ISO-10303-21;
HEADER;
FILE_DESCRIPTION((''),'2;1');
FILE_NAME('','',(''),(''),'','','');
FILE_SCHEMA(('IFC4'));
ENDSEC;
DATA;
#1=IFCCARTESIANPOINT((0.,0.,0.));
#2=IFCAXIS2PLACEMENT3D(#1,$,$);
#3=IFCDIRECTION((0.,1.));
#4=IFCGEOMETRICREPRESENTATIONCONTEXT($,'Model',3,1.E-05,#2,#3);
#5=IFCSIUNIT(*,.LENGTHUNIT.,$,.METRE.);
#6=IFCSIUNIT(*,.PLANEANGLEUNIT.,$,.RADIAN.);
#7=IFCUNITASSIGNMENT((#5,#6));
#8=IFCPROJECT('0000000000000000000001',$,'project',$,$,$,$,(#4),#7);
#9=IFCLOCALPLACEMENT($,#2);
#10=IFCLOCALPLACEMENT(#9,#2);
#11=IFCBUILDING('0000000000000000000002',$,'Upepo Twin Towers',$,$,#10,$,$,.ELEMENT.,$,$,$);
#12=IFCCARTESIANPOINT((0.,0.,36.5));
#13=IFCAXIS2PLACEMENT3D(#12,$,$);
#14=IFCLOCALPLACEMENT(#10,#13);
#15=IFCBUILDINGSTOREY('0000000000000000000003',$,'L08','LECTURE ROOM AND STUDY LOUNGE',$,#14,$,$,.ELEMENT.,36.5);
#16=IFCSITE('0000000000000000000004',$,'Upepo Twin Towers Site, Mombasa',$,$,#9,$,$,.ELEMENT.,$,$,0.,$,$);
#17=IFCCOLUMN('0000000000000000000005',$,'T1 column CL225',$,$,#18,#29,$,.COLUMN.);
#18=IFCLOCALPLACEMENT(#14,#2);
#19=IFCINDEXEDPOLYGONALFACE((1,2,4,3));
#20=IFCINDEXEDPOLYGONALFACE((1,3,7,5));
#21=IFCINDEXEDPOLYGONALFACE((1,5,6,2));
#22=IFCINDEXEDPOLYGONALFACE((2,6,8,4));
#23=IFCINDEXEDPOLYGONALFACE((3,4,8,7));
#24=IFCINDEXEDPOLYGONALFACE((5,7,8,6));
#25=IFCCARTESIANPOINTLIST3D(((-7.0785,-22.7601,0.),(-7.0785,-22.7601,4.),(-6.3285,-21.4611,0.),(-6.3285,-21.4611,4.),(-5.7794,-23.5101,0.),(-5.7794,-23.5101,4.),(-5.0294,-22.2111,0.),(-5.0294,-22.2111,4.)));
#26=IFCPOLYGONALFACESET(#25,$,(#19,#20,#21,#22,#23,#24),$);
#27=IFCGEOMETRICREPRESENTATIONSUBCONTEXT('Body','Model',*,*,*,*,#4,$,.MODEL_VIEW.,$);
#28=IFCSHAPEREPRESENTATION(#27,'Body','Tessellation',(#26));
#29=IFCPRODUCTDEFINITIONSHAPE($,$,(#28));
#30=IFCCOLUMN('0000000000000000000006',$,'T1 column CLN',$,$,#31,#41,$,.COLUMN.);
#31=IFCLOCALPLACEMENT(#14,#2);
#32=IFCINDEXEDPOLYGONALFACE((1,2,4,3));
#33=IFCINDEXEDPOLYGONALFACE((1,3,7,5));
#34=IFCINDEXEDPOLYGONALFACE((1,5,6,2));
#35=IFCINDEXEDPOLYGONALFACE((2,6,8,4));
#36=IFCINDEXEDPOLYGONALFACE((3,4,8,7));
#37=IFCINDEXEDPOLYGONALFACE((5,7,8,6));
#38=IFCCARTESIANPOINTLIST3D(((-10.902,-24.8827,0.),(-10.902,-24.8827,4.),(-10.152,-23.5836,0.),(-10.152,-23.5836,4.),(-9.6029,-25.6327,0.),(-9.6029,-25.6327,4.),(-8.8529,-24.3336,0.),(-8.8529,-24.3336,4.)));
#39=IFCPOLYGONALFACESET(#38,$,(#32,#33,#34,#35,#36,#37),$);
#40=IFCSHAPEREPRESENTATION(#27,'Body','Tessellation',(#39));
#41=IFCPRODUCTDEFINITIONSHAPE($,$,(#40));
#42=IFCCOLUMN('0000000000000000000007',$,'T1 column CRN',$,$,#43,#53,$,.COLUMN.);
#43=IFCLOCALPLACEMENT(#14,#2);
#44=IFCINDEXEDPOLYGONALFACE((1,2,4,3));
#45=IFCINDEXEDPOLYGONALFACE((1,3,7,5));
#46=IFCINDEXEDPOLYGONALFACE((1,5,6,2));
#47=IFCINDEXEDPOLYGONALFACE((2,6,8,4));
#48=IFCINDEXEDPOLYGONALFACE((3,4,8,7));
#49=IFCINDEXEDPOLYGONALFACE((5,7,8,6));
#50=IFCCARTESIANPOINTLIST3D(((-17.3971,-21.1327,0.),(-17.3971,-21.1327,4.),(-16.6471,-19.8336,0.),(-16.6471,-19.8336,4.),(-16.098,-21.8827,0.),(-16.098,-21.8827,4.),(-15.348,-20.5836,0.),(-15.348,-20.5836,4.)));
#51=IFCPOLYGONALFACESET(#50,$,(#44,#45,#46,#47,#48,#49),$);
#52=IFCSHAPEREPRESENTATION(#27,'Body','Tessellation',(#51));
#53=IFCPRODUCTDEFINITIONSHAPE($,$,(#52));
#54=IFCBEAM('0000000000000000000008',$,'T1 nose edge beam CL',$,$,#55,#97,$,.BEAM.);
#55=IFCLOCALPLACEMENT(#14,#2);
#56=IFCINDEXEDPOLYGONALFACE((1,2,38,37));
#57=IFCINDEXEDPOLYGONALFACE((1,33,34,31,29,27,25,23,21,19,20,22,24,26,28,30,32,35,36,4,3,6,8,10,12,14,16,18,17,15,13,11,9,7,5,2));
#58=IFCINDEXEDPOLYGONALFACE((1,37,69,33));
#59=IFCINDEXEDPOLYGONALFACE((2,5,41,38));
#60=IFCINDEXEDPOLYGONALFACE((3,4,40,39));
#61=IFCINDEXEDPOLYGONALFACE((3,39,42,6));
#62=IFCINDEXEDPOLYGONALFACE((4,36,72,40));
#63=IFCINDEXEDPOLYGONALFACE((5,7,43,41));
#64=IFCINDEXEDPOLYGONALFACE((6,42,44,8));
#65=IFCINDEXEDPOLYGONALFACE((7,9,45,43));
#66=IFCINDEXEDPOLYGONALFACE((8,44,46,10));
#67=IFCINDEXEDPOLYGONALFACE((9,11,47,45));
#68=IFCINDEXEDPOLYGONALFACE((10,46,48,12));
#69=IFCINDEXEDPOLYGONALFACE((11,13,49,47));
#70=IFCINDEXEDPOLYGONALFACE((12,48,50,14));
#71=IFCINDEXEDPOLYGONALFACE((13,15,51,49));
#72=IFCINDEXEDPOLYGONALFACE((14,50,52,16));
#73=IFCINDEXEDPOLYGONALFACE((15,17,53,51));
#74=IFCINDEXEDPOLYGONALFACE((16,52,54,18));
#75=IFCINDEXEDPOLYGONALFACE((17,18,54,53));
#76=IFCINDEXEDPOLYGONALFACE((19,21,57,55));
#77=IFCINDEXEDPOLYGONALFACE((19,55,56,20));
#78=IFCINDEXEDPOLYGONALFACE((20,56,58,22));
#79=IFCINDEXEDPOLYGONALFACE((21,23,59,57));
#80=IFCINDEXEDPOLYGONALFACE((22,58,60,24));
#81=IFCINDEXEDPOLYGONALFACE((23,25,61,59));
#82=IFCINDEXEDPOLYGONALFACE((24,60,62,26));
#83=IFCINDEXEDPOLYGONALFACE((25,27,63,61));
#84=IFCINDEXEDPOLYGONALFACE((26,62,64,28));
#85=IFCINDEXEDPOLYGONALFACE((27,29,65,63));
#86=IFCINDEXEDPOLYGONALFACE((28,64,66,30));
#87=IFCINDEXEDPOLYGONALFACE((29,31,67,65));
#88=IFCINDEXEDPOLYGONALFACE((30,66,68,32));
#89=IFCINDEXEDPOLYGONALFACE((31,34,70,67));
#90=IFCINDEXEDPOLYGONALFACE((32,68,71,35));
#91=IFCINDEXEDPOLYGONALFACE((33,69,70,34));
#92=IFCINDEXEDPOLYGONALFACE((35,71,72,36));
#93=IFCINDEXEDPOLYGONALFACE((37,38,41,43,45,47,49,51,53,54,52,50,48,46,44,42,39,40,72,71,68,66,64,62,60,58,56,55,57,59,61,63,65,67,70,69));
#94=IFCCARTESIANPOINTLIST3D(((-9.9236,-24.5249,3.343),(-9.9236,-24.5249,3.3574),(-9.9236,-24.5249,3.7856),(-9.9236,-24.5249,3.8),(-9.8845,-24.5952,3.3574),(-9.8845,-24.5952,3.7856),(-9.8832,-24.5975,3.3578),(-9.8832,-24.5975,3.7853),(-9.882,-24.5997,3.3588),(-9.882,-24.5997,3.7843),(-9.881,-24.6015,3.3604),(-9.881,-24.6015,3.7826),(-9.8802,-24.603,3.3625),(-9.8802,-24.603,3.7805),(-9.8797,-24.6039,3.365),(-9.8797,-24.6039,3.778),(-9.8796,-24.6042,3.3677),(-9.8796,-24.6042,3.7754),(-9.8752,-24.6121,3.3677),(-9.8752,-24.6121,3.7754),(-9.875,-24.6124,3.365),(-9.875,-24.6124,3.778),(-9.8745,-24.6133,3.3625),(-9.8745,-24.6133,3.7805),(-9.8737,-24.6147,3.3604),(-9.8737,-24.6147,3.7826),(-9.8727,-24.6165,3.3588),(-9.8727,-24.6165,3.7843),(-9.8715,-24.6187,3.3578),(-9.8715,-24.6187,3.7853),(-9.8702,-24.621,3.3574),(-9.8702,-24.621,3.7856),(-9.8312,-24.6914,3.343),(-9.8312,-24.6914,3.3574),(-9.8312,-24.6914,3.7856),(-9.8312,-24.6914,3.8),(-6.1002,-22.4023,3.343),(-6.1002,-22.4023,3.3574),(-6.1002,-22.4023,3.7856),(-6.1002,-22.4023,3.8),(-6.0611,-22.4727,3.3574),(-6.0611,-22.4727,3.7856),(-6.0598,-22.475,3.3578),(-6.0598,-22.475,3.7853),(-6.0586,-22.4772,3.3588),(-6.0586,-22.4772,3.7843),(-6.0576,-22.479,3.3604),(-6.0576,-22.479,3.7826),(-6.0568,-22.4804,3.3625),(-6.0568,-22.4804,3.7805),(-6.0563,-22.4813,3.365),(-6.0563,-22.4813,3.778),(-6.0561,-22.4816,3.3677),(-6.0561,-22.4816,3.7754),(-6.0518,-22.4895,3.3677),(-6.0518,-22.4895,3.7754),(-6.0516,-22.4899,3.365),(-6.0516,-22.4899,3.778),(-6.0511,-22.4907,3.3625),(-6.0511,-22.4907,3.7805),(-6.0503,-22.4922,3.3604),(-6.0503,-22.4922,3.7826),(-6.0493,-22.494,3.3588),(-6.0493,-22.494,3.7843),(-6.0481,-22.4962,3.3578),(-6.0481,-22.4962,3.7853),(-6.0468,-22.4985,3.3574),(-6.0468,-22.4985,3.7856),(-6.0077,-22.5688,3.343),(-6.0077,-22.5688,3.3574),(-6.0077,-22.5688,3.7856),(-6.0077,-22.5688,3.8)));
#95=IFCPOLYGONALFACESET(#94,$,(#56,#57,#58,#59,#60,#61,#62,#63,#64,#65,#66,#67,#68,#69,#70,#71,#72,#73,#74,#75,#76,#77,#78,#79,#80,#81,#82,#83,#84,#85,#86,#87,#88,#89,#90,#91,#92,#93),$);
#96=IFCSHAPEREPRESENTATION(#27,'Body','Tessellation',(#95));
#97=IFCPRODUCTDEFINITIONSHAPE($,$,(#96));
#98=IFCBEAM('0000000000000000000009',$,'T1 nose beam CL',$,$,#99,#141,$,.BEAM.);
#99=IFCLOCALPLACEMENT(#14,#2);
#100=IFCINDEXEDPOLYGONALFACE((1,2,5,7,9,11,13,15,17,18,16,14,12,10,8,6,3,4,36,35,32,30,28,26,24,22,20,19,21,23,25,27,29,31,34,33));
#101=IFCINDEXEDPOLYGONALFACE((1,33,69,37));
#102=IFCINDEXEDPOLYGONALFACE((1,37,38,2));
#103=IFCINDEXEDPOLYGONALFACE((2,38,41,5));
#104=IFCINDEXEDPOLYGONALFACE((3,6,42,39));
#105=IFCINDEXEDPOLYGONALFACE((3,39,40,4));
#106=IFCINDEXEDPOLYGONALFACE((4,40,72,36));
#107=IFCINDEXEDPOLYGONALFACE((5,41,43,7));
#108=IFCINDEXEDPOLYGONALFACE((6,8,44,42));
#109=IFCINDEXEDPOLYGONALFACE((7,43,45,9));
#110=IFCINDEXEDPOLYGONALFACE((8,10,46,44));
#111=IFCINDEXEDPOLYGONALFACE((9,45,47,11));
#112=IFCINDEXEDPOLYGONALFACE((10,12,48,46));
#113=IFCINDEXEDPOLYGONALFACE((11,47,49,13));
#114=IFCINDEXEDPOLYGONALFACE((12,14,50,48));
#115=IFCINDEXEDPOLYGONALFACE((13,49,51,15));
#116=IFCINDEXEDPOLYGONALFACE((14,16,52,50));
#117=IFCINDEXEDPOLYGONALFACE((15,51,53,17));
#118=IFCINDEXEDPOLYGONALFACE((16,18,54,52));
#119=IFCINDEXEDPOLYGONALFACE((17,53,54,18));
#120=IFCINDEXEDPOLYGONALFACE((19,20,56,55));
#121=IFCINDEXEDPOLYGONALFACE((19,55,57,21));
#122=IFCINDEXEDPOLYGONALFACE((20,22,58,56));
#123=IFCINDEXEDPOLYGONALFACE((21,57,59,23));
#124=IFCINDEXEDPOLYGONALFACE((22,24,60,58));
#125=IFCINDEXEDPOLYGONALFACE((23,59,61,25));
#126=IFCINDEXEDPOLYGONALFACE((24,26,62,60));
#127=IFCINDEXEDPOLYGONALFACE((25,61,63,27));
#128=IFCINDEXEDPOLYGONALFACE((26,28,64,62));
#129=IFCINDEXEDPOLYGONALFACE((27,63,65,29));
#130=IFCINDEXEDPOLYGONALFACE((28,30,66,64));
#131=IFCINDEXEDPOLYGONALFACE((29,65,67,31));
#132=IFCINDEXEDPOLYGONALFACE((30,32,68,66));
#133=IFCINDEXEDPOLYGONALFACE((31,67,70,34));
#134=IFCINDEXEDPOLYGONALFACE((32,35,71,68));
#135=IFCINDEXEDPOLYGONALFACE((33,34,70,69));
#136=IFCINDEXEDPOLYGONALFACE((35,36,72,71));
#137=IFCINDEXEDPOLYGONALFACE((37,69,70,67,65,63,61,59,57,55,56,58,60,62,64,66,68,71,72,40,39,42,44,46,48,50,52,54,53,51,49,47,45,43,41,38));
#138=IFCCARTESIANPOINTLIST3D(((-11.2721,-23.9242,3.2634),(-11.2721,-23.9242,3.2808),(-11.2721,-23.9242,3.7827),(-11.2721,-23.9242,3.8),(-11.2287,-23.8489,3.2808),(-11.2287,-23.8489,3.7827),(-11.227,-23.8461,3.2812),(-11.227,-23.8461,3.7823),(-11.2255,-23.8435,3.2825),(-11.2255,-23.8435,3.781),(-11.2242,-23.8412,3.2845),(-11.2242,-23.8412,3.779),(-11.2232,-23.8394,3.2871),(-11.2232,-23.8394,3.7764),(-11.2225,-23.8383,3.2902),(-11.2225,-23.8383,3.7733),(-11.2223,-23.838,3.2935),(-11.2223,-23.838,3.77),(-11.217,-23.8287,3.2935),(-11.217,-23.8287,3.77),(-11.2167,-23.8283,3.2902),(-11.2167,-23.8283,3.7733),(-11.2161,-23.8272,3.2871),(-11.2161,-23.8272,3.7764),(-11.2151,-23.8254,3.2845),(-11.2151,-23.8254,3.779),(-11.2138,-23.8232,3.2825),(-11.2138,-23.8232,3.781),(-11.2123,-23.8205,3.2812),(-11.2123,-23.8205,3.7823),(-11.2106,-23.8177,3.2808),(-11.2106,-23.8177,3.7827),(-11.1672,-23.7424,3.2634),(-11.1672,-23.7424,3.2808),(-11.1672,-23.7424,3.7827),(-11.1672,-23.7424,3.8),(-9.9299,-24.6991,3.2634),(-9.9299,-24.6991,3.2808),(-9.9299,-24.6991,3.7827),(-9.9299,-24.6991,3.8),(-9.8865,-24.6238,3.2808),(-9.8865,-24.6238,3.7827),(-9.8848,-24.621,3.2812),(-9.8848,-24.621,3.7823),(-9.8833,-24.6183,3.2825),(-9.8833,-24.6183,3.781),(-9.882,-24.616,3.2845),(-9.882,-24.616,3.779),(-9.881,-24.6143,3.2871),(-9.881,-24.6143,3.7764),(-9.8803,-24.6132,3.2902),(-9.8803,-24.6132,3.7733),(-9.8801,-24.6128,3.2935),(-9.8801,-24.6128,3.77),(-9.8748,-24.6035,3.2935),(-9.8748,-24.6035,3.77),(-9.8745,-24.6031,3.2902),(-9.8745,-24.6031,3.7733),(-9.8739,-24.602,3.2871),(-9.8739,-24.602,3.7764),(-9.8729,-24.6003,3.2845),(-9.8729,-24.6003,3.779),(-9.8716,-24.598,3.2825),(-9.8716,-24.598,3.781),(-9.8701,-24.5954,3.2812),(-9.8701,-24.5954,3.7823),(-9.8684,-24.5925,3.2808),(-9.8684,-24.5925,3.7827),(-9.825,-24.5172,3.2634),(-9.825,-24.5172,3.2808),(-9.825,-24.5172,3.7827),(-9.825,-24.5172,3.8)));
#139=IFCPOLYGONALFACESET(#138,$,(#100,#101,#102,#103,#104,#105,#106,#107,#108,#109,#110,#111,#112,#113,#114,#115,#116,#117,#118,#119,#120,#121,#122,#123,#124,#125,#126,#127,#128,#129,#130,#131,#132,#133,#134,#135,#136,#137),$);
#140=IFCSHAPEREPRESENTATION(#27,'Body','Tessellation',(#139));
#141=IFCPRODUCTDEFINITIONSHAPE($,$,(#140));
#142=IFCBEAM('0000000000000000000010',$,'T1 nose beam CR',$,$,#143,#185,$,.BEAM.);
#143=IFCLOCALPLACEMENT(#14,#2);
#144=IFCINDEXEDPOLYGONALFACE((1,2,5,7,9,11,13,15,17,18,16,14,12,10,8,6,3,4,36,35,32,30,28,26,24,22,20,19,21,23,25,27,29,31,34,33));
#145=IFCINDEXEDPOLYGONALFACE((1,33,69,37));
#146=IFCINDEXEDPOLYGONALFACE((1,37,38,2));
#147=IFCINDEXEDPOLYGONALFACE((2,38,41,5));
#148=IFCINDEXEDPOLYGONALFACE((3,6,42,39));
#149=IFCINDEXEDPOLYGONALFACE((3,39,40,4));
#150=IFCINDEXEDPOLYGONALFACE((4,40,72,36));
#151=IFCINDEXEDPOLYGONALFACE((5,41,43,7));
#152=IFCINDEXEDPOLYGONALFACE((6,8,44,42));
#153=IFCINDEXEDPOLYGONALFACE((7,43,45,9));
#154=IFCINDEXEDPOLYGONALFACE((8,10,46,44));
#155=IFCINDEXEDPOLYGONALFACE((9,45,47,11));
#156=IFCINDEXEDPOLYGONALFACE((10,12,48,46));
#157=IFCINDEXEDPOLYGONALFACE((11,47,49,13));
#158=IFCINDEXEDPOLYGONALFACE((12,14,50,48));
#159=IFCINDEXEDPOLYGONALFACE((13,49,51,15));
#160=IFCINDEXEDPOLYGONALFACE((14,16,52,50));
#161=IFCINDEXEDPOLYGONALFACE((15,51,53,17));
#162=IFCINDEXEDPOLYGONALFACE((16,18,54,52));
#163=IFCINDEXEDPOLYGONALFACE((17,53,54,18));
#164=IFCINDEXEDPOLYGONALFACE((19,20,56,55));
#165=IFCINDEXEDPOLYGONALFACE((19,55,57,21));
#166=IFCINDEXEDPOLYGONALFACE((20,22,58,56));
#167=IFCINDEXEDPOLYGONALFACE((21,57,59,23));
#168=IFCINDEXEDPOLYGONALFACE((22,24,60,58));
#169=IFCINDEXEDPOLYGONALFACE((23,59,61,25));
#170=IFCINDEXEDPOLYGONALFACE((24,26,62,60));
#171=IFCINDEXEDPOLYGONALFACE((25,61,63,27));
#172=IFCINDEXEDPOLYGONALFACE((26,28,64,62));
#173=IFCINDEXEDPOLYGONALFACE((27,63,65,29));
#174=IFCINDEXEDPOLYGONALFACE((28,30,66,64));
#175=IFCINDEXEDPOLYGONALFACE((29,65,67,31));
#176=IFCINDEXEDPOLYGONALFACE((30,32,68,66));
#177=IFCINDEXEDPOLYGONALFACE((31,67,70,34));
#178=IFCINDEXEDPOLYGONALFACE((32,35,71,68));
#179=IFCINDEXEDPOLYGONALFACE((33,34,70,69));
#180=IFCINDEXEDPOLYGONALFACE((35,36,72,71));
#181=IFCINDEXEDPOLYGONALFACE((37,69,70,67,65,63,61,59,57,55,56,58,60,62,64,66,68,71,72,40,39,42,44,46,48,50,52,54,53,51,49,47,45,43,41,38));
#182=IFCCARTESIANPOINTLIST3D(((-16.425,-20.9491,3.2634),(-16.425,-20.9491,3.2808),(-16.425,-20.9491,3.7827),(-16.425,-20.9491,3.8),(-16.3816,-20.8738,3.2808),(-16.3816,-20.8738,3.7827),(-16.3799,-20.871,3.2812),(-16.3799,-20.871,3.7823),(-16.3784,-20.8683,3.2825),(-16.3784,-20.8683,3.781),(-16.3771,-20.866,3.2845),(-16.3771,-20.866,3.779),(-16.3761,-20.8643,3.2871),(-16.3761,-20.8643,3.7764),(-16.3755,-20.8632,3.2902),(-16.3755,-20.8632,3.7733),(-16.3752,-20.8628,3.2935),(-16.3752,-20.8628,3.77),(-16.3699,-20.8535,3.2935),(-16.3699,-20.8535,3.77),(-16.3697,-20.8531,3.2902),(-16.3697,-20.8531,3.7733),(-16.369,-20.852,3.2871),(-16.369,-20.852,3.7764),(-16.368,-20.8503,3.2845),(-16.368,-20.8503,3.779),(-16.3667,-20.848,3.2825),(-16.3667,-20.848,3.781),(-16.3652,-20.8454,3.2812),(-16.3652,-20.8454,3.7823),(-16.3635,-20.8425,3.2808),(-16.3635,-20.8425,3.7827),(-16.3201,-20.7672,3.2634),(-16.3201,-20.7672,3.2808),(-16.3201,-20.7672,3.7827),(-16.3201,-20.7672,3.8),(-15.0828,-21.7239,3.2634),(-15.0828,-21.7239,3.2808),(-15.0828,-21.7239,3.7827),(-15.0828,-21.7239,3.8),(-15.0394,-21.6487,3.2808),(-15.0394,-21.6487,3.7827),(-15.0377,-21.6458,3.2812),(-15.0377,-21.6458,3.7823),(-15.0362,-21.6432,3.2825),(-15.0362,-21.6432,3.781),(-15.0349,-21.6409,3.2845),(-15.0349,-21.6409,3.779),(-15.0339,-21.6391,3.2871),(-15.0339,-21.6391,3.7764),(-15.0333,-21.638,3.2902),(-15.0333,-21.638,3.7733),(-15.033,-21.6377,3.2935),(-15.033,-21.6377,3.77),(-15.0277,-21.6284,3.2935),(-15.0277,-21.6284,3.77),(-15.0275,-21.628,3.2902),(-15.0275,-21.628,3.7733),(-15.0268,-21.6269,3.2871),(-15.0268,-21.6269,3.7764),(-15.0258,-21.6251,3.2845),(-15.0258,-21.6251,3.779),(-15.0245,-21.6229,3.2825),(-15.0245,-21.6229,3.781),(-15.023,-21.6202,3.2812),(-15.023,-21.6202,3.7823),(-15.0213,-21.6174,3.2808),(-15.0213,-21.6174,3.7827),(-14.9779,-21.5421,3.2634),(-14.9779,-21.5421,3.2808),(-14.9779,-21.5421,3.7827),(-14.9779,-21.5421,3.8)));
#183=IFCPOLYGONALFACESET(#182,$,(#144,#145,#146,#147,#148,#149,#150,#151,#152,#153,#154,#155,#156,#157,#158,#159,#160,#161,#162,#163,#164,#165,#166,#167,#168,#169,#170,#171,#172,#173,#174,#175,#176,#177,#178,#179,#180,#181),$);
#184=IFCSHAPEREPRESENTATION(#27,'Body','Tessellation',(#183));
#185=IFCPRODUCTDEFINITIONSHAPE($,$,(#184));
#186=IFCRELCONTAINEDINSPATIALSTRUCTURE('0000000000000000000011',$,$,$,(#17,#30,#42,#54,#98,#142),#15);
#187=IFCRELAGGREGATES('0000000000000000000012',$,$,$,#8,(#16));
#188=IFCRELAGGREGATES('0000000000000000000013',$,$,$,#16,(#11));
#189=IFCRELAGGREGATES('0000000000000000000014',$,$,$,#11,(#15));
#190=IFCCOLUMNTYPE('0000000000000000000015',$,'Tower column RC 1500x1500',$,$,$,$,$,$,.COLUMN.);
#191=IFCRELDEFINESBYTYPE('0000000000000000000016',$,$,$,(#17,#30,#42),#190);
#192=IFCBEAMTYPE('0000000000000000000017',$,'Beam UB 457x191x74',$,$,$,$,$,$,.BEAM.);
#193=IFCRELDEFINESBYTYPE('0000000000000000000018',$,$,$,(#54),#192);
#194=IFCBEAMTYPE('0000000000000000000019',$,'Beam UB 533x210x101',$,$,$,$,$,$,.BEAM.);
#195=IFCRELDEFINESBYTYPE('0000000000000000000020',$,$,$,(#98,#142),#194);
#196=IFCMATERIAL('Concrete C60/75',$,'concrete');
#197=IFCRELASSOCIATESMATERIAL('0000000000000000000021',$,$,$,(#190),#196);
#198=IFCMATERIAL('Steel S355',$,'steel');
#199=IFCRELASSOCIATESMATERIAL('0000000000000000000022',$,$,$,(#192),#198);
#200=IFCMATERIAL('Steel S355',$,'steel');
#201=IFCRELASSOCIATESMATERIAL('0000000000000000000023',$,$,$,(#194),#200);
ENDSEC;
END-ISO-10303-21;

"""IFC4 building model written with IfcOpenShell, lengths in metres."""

from ifc_helpers import new_model, si_unit, direction, frame, origin, origin_2d, place, context, subcontext, project, spatial, rectangle, i_section, extrude, material, material_profile, profile_set, type_object, element, save


model = new_model("IFC4")

# Units and contexts
model_context = context("Model", 3, precision=1e-05, world=origin(), true_north=direction((0.0, 1.0)))
body_context = subcontext(model_context, "Body", "Model", "MODEL_VIEW")
ifc_project = project(units=[si_unit("LENGTHUNIT", "METRE"), si_unit("PLANEANGLEUNIT", "RADIAN")], contexts=[model_context])

# Site, building, storey
site_placement = place(None, origin())
site = spatial("IfcSite", under=ifc_project, at=site_placement, Name="Upepo Twin Towers Site, Mombasa", CompositionType="ELEMENT", RefElevation=0.0)
building_placement = place(site_placement, origin())
building = spatial("IfcBuilding", under=site, at=building_placement, Name="Upepo Twin Towers", CompositionType="ELEMENT")
storey_placement = place(building_placement, frame((0.0, 0.0, 36.5)))
storey = spatial("IfcBuildingStorey", under=building, at=storey_placement, Name="L08", Description="LECTURE ROOM AND STUDY LOUNGE", CompositionType="ELEMENT", Elevation=36.5)

# Columns
ifc_material_1 = material(Name="Concrete C60/75", Category="concrete")
ifc_material_profile_1 = material_profile(ifc_material_1, rectangle(XDim=1.5, YDim=1.5, at=origin_2d()), Name="RC 1500x1500")
ifc_profile_set_1 = profile_set([ifc_material_profile_1], Name="Concrete C60/75")
column_type = type_object("IfcColumnType", Name="Tower column RC 1500x1500", PredefinedType="COLUMN", material=ifc_profile_set_1)
for number, where, z_axis, x_axis, name in (
    (1, (-6.054, -22.4856, 0.0), (0.0, 0.0, 1.0), (0.5, 0.866025, 0.0), "T1 column CL225"),
    (2, (-9.8774, -24.6082, 0.0), (0.0, 0.0, 1.0), (0.5, 0.866025, 0.0), "T1 column CLN"),
    (3, (-16.3726, -20.8582, 0.0), (0.0, 0.0, 1.0), (0.5, 0.866025, 0.0), "T1 column CRN"),
):
    element("IfcColumn", number, at=place(storey_placement, frame(where, z_axis=z_axis, x_axis=x_axis)), inside=storey, type_object=column_type, Name=name, PredefinedType="COLUMN", context=body_context, shape_type="SweptSolid", body=[
        extrude(rectangle(XDim=1.5, YDim=1.5, at=origin_2d()), origin(), (0.0, 0.0, 1.0), 4.0),
    ])

# Beams
ifc_material_2 = material(Name="Steel S355", Category="steel")
ifc_material_profile_2 = material_profile(ifc_material_2, i_section(OverallWidth=0.1904, OverallDepth=0.457, WebThickness=0.009, FlangeThickness=0.0144, FilletRadius=0.0103, at=origin_2d()), Name="UB 457x191x74")
ifc_profile_set_2 = profile_set([ifc_material_profile_2], Name="Steel S355")
beam_type_1 = type_object("IfcBeamType", Name="Beam UB 457x191x74", PredefinedType="BEAM", material=ifc_profile_set_2)
beam_1_placement = place(storey_placement, frame((-6.054, -22.4856, 3.5715), z_axis=(-0.874313, -0.485363, 0.0), x_axis=(0.485363, -0.874313, 0.0)))
element("IfcBeam", 4, at=beam_1_placement, inside=storey, type_object=beam_type_1, Name="T1 nose edge beam CL", PredefinedType="BEAM", context=body_context, shape_type="SweptSolid", body=[
    extrude(i_section(OverallWidth=0.1904, OverallDepth=0.457, WebThickness=0.009, FlangeThickness=0.0144, FilletRadius=0.0103, at=origin_2d()), origin(), (0.0, 0.0, 1.0), 4.373),
])
ifc_material_3 = material(Name="Steel S355", Category="steel")
ifc_material_profile_3 = material_profile(ifc_material_3, i_section(OverallWidth=0.21, OverallDepth=0.5366, WebThickness=0.0107, FlangeThickness=0.0173, FilletRadius=0.0127, at=origin_2d()), Name="UB 533x210x101")
ifc_profile_set_3 = profile_set([ifc_material_profile_3], Name="Steel S355")
beam_type_2 = type_object("IfcBeamType", Name="Beam UB 533x210x101", PredefinedType="BEAM", material=ifc_profile_set_3)
for number, where, z_axis, x_axis, name in (
    (5, (-9.8774, -24.6082, 3.5317), (-0.866044, 0.499968, 0.0), (-0.499968, -0.866044, 0.0), "T1 nose beam CL"),
    (6, (-16.3726, -20.8582, 3.5317), (0.866044, -0.499968, 0.0), (0.499968, 0.866044, 0.0), "T1 nose beam CR"),
):
    element("IfcBeam", number, at=place(storey_placement, frame(where, z_axis=z_axis, x_axis=x_axis)), inside=storey, type_object=beam_type_2, Name=name, PredefinedType="BEAM", context=body_context, shape_type="SweptSolid", body=[
        extrude(i_section(OverallWidth=0.21, OverallDepth=0.5366, WebThickness=0.0107, FlangeThickness=0.0173, FilletRadius=0.0127, at=origin_2d()), origin(), (0.0, 0.0, 1.0), 1.5498),
    ])

save(model, "model.ifc")
